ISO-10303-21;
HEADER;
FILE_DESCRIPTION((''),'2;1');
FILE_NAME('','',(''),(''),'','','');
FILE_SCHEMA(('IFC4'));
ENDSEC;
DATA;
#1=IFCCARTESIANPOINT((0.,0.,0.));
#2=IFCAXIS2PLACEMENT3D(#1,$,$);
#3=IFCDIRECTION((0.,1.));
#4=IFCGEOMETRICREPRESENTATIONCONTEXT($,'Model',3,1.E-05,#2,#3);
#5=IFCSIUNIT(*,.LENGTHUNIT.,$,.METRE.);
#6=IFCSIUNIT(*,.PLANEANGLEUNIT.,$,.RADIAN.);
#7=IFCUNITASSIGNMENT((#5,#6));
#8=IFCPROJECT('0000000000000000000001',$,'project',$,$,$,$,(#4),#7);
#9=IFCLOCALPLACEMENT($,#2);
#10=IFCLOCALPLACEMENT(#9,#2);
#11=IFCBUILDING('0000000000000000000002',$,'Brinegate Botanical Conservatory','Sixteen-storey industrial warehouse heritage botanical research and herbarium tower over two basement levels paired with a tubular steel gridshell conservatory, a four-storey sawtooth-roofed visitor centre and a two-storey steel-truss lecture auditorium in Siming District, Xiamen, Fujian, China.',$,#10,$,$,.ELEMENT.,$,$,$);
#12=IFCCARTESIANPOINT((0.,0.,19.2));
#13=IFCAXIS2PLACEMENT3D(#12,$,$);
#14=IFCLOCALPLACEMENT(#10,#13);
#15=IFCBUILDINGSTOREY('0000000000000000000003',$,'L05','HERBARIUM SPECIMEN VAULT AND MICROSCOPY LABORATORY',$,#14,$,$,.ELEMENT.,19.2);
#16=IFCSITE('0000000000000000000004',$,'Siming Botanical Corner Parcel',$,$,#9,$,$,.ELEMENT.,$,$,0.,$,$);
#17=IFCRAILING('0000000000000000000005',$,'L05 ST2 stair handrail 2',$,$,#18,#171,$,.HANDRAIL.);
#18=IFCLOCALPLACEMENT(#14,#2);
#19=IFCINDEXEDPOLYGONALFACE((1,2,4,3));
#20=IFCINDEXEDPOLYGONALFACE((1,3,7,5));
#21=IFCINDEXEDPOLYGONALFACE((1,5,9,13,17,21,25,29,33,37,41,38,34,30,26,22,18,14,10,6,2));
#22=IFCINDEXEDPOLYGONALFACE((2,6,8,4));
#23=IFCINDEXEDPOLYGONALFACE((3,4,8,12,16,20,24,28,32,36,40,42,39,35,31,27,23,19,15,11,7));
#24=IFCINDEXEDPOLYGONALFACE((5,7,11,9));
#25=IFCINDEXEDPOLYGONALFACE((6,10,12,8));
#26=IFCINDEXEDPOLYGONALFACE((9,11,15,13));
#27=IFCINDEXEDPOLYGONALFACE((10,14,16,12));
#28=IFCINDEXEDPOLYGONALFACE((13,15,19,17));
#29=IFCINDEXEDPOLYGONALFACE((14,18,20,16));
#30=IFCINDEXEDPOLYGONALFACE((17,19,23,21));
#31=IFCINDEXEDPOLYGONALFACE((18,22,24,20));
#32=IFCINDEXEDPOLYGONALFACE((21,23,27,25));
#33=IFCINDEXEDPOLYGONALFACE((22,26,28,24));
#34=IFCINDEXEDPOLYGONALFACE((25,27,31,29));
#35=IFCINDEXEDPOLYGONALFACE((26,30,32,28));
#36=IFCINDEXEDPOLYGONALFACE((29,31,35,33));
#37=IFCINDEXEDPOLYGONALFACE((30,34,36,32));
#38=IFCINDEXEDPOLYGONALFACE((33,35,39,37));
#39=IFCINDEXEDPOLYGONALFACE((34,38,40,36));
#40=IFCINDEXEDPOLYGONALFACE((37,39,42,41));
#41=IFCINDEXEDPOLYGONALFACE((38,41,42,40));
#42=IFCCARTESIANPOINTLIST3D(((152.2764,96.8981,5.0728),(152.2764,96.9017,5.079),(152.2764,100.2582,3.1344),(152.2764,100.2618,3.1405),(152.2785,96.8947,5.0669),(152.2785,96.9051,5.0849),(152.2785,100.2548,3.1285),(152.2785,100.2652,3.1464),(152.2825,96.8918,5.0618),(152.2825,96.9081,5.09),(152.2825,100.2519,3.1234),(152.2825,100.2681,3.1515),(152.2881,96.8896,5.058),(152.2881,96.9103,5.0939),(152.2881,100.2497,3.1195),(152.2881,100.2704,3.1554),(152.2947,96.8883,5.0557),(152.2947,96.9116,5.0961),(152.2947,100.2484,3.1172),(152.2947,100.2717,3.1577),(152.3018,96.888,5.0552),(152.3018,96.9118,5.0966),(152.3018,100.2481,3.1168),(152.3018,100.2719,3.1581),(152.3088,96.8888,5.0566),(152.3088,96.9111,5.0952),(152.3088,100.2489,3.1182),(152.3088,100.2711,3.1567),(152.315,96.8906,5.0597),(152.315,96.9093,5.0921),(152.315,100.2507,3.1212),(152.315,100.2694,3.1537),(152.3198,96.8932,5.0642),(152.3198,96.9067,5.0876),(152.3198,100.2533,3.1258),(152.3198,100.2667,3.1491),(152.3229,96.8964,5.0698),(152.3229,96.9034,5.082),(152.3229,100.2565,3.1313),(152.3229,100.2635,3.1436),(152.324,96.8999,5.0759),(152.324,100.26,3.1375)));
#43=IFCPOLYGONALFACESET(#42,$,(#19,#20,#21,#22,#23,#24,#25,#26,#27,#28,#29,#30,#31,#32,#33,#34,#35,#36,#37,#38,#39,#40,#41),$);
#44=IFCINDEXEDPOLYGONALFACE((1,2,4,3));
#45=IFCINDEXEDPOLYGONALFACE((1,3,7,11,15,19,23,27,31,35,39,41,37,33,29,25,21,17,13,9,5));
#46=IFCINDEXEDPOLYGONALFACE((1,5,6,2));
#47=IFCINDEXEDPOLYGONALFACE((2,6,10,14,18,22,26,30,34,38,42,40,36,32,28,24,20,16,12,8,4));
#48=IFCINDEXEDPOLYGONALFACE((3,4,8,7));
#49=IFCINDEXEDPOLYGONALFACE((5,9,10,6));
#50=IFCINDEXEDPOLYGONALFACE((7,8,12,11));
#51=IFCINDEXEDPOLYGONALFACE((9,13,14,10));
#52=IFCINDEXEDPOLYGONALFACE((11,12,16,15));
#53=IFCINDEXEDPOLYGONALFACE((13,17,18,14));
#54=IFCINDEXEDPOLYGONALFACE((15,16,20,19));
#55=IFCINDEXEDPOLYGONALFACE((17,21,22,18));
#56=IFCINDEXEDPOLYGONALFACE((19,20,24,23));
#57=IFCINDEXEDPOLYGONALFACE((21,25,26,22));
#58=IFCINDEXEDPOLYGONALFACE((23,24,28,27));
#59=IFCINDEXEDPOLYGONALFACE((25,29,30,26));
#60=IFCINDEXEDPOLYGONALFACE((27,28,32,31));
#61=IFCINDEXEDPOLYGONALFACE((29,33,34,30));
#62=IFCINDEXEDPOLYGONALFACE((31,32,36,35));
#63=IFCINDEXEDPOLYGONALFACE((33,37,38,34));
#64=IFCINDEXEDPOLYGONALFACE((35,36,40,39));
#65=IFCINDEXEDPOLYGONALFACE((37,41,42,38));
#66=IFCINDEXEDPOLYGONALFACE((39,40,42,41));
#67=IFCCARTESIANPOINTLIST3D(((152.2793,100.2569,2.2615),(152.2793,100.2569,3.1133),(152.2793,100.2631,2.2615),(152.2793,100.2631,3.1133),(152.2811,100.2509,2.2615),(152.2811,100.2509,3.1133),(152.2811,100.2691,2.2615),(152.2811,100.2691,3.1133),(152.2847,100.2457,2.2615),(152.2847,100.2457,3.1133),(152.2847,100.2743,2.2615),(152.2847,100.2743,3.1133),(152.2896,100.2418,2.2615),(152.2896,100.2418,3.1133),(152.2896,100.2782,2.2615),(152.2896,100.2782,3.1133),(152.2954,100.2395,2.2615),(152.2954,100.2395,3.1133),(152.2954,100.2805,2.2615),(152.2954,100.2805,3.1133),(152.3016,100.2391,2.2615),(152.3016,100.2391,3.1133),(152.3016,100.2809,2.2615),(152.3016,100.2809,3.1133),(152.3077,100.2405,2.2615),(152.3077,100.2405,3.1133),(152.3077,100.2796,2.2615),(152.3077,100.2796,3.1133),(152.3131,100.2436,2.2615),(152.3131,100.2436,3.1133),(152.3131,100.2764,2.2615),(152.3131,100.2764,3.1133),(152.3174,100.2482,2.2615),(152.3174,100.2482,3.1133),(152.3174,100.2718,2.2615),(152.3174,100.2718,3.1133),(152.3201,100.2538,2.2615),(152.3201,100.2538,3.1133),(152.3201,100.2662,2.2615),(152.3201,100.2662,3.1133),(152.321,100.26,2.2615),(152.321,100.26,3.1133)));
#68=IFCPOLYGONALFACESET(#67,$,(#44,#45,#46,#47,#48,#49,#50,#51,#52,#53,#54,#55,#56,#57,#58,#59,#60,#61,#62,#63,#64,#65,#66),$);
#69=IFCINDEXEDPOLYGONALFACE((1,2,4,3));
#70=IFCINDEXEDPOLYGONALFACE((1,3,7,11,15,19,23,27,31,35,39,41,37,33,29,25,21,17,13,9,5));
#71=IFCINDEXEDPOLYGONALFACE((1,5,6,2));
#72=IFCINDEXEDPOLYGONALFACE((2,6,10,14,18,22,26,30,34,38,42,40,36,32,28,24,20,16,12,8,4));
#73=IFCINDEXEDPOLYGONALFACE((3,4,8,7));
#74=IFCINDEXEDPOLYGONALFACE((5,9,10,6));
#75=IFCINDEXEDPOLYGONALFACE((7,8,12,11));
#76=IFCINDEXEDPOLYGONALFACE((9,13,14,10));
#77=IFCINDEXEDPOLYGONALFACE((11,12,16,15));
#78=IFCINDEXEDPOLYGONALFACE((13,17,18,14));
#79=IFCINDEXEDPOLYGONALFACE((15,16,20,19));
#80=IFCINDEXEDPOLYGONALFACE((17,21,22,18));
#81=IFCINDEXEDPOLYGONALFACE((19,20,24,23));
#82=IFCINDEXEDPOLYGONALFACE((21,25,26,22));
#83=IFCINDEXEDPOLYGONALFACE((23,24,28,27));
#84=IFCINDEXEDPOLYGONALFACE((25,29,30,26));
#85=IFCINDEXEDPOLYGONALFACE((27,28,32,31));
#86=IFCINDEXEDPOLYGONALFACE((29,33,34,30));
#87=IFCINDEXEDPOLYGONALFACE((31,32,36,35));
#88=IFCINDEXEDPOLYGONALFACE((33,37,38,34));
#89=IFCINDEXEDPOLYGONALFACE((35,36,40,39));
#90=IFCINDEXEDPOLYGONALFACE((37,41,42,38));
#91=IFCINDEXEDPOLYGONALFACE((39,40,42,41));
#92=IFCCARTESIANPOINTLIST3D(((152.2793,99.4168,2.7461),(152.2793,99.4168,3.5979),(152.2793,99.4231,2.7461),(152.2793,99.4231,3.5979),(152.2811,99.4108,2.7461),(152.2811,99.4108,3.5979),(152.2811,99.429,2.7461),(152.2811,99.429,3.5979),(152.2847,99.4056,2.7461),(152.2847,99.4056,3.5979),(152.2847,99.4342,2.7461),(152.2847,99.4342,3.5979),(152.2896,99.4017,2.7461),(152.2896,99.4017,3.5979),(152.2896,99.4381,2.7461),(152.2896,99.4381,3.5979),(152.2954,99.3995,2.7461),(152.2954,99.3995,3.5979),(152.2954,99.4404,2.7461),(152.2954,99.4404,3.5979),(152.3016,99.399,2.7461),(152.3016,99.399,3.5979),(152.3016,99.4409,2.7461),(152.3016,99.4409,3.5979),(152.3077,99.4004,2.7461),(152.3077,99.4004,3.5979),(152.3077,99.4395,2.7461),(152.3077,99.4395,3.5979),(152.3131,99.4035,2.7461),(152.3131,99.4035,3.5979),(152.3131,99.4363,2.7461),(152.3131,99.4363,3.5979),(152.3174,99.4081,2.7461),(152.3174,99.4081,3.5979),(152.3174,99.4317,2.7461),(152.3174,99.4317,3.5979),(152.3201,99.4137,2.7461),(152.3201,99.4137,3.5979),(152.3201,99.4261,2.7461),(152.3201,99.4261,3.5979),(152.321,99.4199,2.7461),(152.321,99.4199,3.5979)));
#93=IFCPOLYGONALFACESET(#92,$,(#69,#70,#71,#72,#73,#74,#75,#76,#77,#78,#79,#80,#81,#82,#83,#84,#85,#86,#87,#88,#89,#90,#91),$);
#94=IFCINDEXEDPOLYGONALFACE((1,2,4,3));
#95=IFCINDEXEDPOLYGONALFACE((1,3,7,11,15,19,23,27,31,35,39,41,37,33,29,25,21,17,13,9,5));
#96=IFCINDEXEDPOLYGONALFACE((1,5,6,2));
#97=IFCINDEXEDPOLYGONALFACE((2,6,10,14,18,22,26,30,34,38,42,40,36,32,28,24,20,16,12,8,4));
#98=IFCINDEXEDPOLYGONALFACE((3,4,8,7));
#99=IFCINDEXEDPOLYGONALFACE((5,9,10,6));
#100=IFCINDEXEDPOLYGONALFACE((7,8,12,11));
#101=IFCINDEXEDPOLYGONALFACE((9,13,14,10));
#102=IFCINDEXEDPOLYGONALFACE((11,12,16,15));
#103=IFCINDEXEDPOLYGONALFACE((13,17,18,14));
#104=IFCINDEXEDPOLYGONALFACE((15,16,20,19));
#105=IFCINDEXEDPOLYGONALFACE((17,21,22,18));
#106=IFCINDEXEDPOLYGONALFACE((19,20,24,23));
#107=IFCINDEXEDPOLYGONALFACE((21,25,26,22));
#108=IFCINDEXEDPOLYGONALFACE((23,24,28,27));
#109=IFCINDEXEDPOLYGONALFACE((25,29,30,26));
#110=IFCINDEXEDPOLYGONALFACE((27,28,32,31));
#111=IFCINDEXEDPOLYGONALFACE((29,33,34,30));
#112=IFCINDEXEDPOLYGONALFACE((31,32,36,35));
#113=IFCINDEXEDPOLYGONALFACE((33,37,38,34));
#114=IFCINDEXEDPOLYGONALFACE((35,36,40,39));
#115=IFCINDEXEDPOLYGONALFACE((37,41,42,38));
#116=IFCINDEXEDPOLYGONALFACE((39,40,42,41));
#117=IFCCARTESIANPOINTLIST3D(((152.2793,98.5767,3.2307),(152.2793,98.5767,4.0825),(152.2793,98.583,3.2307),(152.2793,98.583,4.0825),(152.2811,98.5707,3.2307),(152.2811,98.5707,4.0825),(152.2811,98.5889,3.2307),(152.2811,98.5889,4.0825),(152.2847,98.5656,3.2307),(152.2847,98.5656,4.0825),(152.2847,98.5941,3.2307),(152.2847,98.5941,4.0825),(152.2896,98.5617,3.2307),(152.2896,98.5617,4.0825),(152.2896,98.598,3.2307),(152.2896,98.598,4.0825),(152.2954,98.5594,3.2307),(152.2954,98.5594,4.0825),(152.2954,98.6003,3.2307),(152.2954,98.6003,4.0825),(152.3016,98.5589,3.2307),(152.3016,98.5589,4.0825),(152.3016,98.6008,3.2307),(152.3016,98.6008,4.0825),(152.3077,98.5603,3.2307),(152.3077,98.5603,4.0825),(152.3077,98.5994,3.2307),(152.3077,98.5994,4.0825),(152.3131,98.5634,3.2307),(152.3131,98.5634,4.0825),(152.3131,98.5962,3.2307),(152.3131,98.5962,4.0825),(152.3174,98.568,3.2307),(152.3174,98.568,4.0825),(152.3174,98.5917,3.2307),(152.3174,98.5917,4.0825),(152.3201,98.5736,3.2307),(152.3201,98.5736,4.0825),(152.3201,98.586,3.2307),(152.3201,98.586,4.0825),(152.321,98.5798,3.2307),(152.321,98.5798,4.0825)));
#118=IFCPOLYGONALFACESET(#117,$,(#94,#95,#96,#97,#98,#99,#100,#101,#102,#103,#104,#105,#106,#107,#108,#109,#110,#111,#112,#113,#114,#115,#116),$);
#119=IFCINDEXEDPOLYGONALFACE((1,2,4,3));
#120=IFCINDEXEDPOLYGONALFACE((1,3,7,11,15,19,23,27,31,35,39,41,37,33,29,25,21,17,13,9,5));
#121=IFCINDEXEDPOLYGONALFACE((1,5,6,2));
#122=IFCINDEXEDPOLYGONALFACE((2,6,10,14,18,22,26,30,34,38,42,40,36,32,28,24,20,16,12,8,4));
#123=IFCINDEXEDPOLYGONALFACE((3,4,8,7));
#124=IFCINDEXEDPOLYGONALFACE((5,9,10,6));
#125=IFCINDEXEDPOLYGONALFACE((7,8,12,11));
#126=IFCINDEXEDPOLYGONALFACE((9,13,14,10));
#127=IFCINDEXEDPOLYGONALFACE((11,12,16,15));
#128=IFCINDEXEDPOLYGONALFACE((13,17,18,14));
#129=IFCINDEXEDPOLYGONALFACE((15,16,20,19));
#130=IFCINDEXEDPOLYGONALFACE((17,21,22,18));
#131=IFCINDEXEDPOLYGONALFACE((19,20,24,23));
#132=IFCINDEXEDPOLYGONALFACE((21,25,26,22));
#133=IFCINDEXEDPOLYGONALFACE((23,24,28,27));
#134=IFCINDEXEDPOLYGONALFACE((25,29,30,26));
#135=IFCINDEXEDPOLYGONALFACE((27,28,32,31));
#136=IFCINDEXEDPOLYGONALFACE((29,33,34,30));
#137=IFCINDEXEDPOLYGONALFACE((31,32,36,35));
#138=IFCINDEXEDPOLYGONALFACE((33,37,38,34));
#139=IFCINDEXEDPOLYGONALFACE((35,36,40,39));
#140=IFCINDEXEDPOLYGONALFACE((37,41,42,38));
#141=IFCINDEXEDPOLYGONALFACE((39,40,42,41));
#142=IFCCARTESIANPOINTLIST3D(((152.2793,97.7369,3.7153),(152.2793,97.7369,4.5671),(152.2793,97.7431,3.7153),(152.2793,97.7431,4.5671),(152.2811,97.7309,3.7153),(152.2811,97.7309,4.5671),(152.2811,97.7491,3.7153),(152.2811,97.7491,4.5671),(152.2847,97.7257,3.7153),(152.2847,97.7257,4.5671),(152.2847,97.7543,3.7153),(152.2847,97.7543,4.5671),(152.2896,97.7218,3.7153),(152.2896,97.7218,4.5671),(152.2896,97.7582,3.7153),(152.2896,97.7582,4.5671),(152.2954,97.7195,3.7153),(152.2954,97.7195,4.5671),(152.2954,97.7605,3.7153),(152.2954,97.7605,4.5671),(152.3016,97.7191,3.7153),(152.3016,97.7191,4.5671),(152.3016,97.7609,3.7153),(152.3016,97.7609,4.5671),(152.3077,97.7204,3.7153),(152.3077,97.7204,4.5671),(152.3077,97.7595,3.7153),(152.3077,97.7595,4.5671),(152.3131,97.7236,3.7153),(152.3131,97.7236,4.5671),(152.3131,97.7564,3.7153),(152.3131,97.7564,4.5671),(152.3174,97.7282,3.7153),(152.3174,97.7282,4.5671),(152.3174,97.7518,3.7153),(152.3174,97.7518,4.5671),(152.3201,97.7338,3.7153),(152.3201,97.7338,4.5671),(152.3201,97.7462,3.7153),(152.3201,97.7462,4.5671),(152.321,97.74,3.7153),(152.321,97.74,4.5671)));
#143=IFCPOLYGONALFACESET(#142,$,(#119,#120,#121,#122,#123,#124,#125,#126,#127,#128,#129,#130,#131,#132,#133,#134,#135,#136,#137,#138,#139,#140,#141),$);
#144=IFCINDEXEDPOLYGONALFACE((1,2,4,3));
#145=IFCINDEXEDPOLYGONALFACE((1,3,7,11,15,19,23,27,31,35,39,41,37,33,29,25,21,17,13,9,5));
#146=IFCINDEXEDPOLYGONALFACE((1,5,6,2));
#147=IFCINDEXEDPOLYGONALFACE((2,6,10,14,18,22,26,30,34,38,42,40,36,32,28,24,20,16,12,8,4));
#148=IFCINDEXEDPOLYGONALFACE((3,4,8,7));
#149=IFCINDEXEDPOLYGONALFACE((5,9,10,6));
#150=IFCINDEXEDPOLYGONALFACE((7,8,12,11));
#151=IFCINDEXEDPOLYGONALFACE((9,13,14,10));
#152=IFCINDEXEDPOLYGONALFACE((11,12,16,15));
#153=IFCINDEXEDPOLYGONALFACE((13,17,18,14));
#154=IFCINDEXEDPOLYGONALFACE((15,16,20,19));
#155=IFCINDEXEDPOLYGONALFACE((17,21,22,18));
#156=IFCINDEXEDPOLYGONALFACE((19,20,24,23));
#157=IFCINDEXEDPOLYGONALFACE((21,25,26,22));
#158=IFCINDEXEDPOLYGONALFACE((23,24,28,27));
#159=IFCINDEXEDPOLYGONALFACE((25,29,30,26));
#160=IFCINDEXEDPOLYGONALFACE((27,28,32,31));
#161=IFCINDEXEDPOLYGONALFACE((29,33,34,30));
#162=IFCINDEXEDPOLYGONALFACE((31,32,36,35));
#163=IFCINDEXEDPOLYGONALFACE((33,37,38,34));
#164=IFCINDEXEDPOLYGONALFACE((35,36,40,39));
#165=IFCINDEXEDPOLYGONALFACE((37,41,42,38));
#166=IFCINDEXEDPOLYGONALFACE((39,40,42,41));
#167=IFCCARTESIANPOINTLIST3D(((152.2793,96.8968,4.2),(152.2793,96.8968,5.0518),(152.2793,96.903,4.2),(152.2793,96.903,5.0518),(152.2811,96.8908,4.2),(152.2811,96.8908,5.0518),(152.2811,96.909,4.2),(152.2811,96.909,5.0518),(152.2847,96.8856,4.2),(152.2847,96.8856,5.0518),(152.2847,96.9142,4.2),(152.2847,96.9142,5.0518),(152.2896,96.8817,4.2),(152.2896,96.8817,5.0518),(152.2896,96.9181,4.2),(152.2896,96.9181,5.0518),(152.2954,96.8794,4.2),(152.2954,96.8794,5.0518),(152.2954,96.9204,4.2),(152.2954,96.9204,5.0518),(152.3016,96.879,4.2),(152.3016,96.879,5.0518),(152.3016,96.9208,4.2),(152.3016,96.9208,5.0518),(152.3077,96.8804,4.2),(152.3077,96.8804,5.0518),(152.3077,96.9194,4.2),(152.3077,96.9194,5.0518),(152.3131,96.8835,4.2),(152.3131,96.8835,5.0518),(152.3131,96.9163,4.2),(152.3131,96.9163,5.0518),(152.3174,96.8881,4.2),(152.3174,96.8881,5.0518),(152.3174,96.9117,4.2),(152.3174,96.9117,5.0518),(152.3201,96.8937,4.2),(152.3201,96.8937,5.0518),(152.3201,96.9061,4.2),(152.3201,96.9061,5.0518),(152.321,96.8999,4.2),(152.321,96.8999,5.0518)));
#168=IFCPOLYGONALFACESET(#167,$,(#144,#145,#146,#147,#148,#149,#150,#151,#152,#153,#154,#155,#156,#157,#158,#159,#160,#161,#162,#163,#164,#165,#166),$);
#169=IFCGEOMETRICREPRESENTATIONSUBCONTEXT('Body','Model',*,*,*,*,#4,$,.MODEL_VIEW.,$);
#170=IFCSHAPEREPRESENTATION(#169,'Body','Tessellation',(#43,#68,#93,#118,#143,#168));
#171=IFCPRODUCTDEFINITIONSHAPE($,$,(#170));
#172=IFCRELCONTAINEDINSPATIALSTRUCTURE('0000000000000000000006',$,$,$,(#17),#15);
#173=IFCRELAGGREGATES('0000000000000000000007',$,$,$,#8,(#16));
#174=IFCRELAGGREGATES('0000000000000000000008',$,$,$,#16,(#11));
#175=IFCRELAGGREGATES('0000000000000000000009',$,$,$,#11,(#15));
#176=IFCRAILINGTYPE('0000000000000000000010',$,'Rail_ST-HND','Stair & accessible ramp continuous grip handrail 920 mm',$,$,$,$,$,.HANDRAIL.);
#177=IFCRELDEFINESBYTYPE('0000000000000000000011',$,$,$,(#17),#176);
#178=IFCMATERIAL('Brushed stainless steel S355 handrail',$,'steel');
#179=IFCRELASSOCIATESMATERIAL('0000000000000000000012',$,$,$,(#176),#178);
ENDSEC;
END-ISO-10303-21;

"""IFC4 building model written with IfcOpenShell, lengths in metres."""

from ifc_helpers import new_model, si_unit, direction, frame, origin, origin_2d, place, context, subcontext, project, spatial, circle, extrude, material, type_object, element, save


model = new_model("IFC4")

# Units and contexts
model_context = context("Model", 3, precision=1e-05, world=origin(), true_north=direction((0.0, 1.0)))
body_context = subcontext(model_context, "Body", "Model", "MODEL_VIEW")
ifc_project = project(units=[si_unit("LENGTHUNIT", "METRE"), si_unit("PLANEANGLEUNIT", "RADIAN")], contexts=[model_context])

# Site, building, storey
site_placement = place(None, origin())
site = spatial("IfcSite", under=ifc_project, at=site_placement, Name="Siming Botanical Corner Parcel", CompositionType="ELEMENT", RefElevation=0.0)
building_placement = place(site_placement, origin())
building = spatial("IfcBuilding", under=site, at=building_placement, Name="Brinegate Botanical Conservatory", Description="Sixteen-storey industrial warehouse heritage botanical research and herbarium tower over two basement levels paired with a tubular steel gridshell conservatory, a four-storey sawtooth-roofed visitor centre and a two-storey steel-truss lecture auditorium in Siming District, Xiamen, Fujian, China.", CompositionType="ELEMENT")
storey_placement = place(building_placement, frame((0.0, 0.0, 19.2)))
storey = spatial("IfcBuildingStorey", under=building, at=storey_placement, Name="L05", Description="HERBARIUM SPECIMEN VAULT AND MICROSCOPY LABORATORY", CompositionType="ELEMENT", Elevation=19.2)

# Railing
ifc_material_1 = material(Name="Brushed stainless steel S355 handrail", Category="steel")
railing_type_1 = type_object("IfcRailingType", Name="Rail_ST-HND", Description="Stair & accessible ramp continuous grip handrail 920 mm", PredefinedType="HANDRAIL", material=ifc_material_1)
railing_1_placement = place(storey_placement, frame((152.3, 100.26, 2.2615)))
element("IfcRailing", 1, at=railing_1_placement, inside=storey, type_object=railing_type_1, Name="L05 ST2 stair handrail 2", PredefinedType="HANDRAIL", context=body_context, shape_type="SweptSolid", body=[
    extrude(circle(Radius=0.0239, at=origin_2d()), frame((0.0, 0.0, 0.876), z_axis=(0.0, -0.866191, 0.499713), x_axis=(1.0, 0.0, 0.0)), (0.0, 0.0, 1.0), 3.8792),
    extrude(circle(Radius=0.021, at=origin_2d()), origin(), (0.0, 0.0, 1.0), 0.8518),
    extrude(circle(Radius=0.021, at=origin_2d()), frame((0.0, -0.8401, 0.4846)), (0.0, 0.0, 1.0), 0.8518),
    extrude(circle(Radius=0.021, at=origin_2d()), frame((0.0, -1.6802, 0.9692)), (0.0, 0.0, 1.0), 0.8518),
    extrude(circle(Radius=0.021, at=origin_2d()), frame((0.0, -2.52, 1.4539)), (0.0, 0.0, 1.0), 0.8518),
    extrude(circle(Radius=0.021, at=origin_2d()), frame((0.0, -3.3601, 1.9385)), (0.0, 0.0, 1.0), 0.8518),
])

save(model, "model.ifc")
